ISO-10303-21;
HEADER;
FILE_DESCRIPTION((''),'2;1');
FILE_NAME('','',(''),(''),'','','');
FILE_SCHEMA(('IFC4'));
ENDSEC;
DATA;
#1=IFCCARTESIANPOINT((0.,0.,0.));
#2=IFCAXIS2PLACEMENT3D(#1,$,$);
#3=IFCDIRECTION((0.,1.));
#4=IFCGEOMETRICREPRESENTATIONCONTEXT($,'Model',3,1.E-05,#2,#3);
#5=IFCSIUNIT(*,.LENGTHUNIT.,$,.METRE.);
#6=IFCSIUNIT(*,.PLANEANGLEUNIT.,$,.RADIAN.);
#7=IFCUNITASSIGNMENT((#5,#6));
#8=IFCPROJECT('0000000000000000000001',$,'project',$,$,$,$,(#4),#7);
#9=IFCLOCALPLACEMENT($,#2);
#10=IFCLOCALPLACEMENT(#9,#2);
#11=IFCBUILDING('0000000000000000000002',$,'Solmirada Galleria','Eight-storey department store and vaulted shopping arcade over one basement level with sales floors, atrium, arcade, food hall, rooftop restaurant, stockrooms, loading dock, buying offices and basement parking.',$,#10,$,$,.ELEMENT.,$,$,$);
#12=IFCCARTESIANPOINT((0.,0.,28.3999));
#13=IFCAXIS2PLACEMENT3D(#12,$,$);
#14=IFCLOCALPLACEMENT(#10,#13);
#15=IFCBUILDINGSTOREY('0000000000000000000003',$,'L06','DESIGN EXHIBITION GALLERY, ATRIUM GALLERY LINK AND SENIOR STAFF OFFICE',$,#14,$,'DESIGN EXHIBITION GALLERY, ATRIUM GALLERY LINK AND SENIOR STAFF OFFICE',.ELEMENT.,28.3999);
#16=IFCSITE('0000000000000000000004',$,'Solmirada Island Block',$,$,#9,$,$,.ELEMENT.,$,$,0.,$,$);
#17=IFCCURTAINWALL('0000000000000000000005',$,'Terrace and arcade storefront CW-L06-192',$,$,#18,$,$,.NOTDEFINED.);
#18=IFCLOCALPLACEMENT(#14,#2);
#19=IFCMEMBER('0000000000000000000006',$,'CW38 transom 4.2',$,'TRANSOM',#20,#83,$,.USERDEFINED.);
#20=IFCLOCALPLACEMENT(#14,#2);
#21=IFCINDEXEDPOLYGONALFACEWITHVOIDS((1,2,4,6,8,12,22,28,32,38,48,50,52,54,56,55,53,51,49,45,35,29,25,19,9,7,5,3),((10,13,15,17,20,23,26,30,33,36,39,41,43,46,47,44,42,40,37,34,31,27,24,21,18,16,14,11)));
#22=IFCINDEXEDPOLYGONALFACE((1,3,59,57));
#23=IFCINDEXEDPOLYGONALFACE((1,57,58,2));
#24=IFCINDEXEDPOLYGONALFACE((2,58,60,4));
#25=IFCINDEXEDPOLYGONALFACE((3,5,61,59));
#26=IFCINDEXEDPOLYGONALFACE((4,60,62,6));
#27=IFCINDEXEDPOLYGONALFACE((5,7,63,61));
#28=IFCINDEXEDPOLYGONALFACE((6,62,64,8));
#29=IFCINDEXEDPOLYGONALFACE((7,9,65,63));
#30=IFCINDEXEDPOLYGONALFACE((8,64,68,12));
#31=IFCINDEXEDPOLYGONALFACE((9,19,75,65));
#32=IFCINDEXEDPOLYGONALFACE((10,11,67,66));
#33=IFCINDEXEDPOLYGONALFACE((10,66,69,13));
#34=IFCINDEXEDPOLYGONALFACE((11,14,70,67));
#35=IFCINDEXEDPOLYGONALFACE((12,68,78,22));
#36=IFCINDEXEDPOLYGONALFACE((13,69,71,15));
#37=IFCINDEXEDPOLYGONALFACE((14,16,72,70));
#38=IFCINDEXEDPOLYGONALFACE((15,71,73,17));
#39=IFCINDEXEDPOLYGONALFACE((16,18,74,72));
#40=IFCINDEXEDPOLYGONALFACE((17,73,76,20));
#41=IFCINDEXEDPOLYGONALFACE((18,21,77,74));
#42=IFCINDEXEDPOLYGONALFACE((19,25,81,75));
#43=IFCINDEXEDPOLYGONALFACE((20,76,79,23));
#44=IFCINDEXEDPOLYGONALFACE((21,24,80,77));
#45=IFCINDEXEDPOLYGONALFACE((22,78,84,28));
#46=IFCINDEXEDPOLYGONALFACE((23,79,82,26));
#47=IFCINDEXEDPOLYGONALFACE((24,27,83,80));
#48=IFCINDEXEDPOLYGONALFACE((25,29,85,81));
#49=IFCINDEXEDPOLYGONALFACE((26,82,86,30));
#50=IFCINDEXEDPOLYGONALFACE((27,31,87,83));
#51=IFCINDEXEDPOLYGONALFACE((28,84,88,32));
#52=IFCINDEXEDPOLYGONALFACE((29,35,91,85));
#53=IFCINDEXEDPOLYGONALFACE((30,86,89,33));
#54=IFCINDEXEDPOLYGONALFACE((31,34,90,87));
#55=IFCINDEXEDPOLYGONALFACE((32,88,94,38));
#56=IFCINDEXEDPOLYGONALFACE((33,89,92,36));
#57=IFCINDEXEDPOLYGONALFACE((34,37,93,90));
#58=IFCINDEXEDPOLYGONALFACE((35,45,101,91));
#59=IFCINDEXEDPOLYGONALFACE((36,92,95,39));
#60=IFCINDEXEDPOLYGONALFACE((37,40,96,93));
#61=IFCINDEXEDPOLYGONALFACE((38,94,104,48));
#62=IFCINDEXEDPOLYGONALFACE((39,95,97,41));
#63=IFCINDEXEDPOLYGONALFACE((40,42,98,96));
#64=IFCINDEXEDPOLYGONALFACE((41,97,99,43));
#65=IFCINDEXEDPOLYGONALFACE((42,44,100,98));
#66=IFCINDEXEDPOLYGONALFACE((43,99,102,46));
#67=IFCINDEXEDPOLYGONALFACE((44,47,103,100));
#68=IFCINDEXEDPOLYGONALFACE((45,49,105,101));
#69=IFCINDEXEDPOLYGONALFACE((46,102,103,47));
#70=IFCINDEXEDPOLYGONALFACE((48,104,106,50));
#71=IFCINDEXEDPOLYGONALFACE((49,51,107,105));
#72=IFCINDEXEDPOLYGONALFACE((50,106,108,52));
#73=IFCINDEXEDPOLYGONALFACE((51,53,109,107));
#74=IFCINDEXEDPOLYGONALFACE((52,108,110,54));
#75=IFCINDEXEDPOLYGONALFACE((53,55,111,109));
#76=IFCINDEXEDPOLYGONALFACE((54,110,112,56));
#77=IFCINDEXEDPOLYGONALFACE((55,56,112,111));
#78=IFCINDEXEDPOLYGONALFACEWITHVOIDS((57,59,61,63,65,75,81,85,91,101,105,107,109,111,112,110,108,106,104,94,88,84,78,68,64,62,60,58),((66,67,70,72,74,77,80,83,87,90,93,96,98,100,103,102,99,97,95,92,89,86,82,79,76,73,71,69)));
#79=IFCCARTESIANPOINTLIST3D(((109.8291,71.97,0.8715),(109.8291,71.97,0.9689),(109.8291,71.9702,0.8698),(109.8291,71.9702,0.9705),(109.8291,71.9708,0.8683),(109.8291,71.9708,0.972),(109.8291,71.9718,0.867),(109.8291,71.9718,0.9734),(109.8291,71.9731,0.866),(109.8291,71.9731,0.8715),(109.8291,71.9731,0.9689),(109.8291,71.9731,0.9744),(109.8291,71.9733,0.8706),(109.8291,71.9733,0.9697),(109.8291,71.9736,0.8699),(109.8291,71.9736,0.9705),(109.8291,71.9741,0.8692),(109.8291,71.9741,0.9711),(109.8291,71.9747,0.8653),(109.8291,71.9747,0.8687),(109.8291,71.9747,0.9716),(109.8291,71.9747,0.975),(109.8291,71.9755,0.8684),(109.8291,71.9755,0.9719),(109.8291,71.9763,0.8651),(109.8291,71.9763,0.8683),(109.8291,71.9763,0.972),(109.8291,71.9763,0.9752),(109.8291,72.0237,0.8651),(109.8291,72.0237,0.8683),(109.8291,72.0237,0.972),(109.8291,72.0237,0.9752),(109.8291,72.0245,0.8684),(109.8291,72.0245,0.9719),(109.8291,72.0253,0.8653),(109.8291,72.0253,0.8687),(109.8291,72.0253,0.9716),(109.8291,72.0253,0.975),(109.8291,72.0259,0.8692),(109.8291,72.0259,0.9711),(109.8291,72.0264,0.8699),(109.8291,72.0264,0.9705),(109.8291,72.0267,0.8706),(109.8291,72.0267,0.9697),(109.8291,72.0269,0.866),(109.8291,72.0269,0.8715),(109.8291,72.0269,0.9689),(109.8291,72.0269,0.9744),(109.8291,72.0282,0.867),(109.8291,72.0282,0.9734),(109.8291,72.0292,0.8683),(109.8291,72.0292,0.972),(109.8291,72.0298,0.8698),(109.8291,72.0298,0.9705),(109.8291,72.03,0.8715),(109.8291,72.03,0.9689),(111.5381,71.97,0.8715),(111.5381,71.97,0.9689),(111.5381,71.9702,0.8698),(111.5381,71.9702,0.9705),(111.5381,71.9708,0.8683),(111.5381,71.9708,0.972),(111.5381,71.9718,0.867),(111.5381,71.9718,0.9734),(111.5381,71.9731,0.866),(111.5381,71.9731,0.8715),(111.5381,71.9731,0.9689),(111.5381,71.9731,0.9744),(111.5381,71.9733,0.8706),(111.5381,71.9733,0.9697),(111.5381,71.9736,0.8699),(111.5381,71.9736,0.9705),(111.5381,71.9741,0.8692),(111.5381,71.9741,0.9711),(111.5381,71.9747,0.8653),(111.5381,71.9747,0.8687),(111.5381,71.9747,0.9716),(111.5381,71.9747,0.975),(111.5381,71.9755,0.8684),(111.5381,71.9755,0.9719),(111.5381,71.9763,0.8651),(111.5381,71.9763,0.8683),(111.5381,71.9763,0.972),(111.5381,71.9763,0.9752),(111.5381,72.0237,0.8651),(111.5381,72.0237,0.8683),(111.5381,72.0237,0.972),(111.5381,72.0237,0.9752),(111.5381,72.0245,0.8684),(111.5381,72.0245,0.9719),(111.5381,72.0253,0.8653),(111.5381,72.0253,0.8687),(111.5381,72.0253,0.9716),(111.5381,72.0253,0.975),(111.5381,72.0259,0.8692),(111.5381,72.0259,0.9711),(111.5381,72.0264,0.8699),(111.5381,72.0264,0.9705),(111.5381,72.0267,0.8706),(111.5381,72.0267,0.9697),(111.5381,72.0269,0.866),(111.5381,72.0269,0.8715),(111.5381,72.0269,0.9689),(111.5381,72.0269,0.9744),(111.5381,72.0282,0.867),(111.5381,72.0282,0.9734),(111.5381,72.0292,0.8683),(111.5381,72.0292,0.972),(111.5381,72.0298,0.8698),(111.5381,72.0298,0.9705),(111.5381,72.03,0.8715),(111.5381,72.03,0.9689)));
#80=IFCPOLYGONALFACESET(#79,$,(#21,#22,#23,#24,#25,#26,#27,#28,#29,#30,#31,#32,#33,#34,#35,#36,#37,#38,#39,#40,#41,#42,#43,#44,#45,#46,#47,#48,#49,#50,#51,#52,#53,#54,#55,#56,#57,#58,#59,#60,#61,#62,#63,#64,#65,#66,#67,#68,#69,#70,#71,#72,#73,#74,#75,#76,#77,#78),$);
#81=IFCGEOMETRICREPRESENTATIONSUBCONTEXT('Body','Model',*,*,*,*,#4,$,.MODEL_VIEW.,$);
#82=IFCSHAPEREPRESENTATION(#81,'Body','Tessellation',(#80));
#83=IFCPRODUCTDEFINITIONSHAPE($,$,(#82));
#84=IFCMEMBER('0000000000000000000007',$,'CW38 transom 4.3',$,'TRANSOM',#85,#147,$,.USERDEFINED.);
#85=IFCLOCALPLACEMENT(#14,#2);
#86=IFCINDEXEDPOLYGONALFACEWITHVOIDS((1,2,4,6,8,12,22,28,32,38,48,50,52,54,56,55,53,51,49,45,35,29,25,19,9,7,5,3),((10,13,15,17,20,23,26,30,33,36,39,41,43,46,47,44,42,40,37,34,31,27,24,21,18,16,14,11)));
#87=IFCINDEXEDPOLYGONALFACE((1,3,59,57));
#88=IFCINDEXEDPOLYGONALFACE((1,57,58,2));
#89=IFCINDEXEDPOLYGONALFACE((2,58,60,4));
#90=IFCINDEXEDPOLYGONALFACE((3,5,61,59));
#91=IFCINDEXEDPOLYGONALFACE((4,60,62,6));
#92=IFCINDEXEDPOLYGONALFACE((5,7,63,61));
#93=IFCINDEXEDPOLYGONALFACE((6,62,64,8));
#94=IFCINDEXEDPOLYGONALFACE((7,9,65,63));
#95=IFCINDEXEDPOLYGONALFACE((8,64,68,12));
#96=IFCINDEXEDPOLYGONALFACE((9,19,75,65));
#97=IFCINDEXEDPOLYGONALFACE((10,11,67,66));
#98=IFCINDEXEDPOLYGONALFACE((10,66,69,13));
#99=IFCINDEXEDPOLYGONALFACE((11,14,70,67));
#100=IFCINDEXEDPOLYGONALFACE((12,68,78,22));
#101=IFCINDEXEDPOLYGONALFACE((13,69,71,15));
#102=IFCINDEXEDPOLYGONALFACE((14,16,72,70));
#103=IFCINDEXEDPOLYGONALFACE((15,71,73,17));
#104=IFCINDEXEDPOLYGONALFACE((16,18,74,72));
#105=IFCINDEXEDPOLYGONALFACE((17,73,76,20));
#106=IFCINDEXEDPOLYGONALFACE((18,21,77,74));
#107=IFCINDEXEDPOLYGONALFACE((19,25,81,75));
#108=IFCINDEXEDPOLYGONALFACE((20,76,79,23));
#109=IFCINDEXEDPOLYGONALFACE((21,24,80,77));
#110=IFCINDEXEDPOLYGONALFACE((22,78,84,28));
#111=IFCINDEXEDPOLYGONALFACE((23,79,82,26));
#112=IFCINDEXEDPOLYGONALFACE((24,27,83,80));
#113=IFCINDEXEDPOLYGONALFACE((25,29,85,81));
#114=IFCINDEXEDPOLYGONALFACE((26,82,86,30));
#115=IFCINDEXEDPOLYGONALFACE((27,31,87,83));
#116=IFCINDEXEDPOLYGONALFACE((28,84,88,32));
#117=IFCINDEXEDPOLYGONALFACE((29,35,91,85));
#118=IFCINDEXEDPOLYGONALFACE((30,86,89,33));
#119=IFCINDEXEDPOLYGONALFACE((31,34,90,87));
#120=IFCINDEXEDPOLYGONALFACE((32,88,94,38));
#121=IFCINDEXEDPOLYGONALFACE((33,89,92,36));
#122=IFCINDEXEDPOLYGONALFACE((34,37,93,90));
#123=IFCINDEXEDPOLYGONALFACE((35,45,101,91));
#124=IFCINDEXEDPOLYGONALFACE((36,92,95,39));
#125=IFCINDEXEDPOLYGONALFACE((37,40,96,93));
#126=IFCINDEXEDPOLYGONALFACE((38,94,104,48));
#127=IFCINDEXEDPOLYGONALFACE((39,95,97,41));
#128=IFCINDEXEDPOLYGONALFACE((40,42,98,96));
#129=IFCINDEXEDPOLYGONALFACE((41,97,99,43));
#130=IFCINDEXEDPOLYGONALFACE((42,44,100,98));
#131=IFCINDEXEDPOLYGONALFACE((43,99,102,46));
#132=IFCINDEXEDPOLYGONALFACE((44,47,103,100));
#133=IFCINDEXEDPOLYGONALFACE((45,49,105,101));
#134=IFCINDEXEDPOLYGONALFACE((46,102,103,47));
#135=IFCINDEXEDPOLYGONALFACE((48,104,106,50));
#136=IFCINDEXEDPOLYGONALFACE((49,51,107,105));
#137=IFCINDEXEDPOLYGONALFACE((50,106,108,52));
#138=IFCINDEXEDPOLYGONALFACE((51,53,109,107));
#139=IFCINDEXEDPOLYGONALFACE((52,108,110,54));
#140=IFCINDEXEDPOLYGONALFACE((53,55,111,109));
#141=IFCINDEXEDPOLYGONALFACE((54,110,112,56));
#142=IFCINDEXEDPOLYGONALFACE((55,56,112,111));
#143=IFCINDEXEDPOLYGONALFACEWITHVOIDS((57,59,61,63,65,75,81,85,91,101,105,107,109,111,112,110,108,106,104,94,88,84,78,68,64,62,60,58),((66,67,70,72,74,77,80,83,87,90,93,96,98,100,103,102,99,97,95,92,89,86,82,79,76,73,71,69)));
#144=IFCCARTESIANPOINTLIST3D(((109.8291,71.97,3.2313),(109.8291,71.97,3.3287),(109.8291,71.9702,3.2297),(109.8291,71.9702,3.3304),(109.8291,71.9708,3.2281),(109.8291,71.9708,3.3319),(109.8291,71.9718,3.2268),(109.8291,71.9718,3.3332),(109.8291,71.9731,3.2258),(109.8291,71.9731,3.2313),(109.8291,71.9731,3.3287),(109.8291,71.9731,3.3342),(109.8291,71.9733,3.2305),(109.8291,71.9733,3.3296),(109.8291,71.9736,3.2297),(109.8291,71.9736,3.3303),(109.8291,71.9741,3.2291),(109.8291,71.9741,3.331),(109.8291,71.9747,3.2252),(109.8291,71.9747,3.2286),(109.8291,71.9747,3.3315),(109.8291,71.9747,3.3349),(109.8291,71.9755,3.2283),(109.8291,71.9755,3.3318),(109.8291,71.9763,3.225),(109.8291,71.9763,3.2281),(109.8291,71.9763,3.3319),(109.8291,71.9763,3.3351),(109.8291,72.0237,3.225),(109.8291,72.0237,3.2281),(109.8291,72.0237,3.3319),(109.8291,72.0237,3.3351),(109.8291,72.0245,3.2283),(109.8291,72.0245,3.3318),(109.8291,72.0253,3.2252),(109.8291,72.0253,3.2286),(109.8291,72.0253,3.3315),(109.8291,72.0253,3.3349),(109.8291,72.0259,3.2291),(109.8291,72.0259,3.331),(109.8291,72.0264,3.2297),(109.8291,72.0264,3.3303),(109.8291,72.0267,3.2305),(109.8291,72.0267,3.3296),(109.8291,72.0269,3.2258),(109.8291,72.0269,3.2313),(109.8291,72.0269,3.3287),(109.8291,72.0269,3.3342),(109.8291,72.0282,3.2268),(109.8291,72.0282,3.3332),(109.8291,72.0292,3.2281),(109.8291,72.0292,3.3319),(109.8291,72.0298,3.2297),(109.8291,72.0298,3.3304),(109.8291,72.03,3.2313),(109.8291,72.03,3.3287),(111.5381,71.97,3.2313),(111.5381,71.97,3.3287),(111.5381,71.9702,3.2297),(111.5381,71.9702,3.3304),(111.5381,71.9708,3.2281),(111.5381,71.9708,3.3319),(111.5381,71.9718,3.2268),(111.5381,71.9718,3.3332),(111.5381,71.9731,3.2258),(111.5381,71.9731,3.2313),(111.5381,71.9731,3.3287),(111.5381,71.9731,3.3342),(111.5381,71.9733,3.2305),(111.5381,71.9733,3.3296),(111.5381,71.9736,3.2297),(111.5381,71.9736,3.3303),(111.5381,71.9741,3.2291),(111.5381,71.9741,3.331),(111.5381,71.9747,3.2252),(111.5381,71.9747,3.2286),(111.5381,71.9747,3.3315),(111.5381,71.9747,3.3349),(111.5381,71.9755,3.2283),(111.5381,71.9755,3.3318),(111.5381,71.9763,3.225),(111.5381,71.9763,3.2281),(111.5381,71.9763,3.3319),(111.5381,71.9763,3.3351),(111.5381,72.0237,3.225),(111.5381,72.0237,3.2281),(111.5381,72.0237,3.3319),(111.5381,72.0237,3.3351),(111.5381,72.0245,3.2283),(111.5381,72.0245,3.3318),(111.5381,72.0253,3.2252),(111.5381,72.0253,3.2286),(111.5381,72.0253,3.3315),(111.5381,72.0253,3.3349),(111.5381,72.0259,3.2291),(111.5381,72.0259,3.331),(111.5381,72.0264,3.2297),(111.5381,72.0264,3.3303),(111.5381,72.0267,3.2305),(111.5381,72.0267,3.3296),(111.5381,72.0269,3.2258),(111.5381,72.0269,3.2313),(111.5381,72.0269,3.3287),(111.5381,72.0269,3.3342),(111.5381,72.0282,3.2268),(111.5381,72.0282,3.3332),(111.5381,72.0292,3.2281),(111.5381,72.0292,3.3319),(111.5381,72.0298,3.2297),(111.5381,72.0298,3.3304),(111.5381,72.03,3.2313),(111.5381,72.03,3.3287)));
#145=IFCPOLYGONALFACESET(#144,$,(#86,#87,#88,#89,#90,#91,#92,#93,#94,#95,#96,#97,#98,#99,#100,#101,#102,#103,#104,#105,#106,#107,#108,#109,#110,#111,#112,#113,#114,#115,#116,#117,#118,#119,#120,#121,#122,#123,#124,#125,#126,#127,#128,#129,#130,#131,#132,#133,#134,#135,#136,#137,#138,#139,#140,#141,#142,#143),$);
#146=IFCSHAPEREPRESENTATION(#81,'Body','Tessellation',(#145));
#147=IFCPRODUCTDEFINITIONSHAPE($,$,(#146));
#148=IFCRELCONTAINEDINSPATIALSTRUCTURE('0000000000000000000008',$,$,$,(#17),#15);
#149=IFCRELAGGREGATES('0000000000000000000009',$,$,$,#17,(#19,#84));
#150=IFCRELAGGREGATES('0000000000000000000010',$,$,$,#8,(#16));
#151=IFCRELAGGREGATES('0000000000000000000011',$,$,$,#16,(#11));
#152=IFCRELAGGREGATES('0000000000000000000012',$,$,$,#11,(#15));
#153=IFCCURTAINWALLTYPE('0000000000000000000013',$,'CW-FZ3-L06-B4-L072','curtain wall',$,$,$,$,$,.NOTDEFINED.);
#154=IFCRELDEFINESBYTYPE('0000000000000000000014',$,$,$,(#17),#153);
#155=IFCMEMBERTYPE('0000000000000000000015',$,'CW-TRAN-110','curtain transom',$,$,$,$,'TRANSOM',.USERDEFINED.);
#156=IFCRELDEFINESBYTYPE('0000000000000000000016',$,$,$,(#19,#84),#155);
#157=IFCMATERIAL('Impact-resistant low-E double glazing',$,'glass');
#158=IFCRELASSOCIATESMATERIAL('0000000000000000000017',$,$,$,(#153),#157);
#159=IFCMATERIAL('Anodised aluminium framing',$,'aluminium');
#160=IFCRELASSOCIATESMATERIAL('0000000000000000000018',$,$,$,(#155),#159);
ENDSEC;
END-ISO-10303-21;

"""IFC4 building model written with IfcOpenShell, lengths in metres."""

from ifc_helpers import new_model, si_unit, direction, frame, origin, origin_2d, place, context, subcontext, project, spatial, hollow_rectangle, extrude, material, material_profile, profile_set, type_object, element, aggregate, save


model = new_model("IFC4")

# Units and contexts
model_context = context("Model", 3, precision=1e-05, world=origin(), true_north=direction((0.0, 1.0)))
body_context = subcontext(model_context, "Body", "Model", "MODEL_VIEW")
ifc_project = project(units=[si_unit("LENGTHUNIT", "METRE"), si_unit("PLANEANGLEUNIT", "RADIAN")], contexts=[model_context])

# Site, building, storey
site_placement = place(None, origin())
site = spatial("IfcSite", under=ifc_project, at=site_placement, Name="Solmirada Island Block", CompositionType="ELEMENT", RefElevation=0.0)
building_placement = place(site_placement, origin())
building = spatial("IfcBuilding", under=site, at=building_placement, Name="Solmirada Galleria", Description="Eight-storey department store and vaulted shopping arcade over one basement level with sales floors, atrium, arcade, food hall, rooftop restaurant, stockrooms, loading dock, buying offices and basement parking.", CompositionType="ELEMENT")
storey_placement = place(building_placement, frame((0.0, 0.0, 28.3999)))
storey = spatial("IfcBuildingStorey", under=building, at=storey_placement, Name="L06", Description="DESIGN EXHIBITION GALLERY, ATRIUM GALLERY LINK AND SENIOR STAFF OFFICE", LongName="DESIGN EXHIBITION GALLERY, ATRIUM GALLERY LINK AND SENIOR STAFF OFFICE", CompositionType="ELEMENT", Elevation=28.3999)

# Curtain wall
ifc_material_1 = material(Name="Impact-resistant low-E double glazing", Category="glass")
curtain_wall_type = type_object("IfcCurtainWallType", Name="CW-FZ3-L06-B4-L072", Description="curtain wall", PredefinedType="NOTDEFINED", material=ifc_material_1)
curtain_wall_1_placement = place(storey_placement, origin())
curtain_wall_1 = element("IfcCurtainWall", 1, at=curtain_wall_1_placement, inside=storey, type_object=curtain_wall_type, Name="Terrace and arcade storefront CW-L06-192", PredefinedType="NOTDEFINED")
ifc_material_2 = material(Name="Anodised aluminium framing", Category="aluminium")

# Members
ifc_material_profile_1 = material_profile(ifc_material_2, hollow_rectangle(XDim=0.0601, YDim=0.1101, WallThickness=0.0032, InnerFilletRadius=0.0032, OuterFilletRadius=0.0063, at=origin_2d()), Name="ALU-TRAN-110X60")
ifc_profile_set_1 = profile_set([ifc_material_profile_1], Name="Anodised aluminium framing")
member_type_1 = type_object("IfcMemberType", Name="CW-TRAN-110", Description="curtain transom", ElementType="TRANSOM", PredefinedType="USERDEFINED", material=ifc_profile_set_1)
member_1_placement = place(storey_placement, frame((109.8291, 72.0, 0.9202), z_axis=(1.0, 0.0, 0.0), x_axis=(0.0, 1.0, 0.0)))
member_1 = element("IfcMember", 2, at=member_1_placement, type_object=member_type_1, Name="CW38 transom 4.2", ObjectType="TRANSOM", PredefinedType="USERDEFINED", context=body_context, shape_type="SweptSolid", body=[
    extrude(hollow_rectangle(XDim=0.0601, YDim=0.1101, WallThickness=0.0032, InnerFilletRadius=0.0032, OuterFilletRadius=0.0063, at=origin_2d()), origin(), (0.0, 0.0, 1.0), 1.709),
])
member_2_placement = place(storey_placement, frame((109.8291, 72.0, 3.28), z_axis=(1.0, 0.0, 0.0), x_axis=(0.0, 1.0, 0.0)))
member_2 = element("IfcMember", 3, at=member_2_placement, type_object=member_type_1, Name="CW38 transom 4.3", ObjectType="TRANSOM", PredefinedType="USERDEFINED", context=body_context, shape_type="SweptSolid", body=[
    extrude(hollow_rectangle(XDim=0.0601, YDim=0.1101, WallThickness=0.0032, InnerFilletRadius=0.0032, OuterFilletRadius=0.0063, at=origin_2d()), origin(), (0.0, 0.0, 1.0), 1.709),
])

aggregate(curtain_wall_1, [member_1, member_2])

save(model, "model.ifc")
